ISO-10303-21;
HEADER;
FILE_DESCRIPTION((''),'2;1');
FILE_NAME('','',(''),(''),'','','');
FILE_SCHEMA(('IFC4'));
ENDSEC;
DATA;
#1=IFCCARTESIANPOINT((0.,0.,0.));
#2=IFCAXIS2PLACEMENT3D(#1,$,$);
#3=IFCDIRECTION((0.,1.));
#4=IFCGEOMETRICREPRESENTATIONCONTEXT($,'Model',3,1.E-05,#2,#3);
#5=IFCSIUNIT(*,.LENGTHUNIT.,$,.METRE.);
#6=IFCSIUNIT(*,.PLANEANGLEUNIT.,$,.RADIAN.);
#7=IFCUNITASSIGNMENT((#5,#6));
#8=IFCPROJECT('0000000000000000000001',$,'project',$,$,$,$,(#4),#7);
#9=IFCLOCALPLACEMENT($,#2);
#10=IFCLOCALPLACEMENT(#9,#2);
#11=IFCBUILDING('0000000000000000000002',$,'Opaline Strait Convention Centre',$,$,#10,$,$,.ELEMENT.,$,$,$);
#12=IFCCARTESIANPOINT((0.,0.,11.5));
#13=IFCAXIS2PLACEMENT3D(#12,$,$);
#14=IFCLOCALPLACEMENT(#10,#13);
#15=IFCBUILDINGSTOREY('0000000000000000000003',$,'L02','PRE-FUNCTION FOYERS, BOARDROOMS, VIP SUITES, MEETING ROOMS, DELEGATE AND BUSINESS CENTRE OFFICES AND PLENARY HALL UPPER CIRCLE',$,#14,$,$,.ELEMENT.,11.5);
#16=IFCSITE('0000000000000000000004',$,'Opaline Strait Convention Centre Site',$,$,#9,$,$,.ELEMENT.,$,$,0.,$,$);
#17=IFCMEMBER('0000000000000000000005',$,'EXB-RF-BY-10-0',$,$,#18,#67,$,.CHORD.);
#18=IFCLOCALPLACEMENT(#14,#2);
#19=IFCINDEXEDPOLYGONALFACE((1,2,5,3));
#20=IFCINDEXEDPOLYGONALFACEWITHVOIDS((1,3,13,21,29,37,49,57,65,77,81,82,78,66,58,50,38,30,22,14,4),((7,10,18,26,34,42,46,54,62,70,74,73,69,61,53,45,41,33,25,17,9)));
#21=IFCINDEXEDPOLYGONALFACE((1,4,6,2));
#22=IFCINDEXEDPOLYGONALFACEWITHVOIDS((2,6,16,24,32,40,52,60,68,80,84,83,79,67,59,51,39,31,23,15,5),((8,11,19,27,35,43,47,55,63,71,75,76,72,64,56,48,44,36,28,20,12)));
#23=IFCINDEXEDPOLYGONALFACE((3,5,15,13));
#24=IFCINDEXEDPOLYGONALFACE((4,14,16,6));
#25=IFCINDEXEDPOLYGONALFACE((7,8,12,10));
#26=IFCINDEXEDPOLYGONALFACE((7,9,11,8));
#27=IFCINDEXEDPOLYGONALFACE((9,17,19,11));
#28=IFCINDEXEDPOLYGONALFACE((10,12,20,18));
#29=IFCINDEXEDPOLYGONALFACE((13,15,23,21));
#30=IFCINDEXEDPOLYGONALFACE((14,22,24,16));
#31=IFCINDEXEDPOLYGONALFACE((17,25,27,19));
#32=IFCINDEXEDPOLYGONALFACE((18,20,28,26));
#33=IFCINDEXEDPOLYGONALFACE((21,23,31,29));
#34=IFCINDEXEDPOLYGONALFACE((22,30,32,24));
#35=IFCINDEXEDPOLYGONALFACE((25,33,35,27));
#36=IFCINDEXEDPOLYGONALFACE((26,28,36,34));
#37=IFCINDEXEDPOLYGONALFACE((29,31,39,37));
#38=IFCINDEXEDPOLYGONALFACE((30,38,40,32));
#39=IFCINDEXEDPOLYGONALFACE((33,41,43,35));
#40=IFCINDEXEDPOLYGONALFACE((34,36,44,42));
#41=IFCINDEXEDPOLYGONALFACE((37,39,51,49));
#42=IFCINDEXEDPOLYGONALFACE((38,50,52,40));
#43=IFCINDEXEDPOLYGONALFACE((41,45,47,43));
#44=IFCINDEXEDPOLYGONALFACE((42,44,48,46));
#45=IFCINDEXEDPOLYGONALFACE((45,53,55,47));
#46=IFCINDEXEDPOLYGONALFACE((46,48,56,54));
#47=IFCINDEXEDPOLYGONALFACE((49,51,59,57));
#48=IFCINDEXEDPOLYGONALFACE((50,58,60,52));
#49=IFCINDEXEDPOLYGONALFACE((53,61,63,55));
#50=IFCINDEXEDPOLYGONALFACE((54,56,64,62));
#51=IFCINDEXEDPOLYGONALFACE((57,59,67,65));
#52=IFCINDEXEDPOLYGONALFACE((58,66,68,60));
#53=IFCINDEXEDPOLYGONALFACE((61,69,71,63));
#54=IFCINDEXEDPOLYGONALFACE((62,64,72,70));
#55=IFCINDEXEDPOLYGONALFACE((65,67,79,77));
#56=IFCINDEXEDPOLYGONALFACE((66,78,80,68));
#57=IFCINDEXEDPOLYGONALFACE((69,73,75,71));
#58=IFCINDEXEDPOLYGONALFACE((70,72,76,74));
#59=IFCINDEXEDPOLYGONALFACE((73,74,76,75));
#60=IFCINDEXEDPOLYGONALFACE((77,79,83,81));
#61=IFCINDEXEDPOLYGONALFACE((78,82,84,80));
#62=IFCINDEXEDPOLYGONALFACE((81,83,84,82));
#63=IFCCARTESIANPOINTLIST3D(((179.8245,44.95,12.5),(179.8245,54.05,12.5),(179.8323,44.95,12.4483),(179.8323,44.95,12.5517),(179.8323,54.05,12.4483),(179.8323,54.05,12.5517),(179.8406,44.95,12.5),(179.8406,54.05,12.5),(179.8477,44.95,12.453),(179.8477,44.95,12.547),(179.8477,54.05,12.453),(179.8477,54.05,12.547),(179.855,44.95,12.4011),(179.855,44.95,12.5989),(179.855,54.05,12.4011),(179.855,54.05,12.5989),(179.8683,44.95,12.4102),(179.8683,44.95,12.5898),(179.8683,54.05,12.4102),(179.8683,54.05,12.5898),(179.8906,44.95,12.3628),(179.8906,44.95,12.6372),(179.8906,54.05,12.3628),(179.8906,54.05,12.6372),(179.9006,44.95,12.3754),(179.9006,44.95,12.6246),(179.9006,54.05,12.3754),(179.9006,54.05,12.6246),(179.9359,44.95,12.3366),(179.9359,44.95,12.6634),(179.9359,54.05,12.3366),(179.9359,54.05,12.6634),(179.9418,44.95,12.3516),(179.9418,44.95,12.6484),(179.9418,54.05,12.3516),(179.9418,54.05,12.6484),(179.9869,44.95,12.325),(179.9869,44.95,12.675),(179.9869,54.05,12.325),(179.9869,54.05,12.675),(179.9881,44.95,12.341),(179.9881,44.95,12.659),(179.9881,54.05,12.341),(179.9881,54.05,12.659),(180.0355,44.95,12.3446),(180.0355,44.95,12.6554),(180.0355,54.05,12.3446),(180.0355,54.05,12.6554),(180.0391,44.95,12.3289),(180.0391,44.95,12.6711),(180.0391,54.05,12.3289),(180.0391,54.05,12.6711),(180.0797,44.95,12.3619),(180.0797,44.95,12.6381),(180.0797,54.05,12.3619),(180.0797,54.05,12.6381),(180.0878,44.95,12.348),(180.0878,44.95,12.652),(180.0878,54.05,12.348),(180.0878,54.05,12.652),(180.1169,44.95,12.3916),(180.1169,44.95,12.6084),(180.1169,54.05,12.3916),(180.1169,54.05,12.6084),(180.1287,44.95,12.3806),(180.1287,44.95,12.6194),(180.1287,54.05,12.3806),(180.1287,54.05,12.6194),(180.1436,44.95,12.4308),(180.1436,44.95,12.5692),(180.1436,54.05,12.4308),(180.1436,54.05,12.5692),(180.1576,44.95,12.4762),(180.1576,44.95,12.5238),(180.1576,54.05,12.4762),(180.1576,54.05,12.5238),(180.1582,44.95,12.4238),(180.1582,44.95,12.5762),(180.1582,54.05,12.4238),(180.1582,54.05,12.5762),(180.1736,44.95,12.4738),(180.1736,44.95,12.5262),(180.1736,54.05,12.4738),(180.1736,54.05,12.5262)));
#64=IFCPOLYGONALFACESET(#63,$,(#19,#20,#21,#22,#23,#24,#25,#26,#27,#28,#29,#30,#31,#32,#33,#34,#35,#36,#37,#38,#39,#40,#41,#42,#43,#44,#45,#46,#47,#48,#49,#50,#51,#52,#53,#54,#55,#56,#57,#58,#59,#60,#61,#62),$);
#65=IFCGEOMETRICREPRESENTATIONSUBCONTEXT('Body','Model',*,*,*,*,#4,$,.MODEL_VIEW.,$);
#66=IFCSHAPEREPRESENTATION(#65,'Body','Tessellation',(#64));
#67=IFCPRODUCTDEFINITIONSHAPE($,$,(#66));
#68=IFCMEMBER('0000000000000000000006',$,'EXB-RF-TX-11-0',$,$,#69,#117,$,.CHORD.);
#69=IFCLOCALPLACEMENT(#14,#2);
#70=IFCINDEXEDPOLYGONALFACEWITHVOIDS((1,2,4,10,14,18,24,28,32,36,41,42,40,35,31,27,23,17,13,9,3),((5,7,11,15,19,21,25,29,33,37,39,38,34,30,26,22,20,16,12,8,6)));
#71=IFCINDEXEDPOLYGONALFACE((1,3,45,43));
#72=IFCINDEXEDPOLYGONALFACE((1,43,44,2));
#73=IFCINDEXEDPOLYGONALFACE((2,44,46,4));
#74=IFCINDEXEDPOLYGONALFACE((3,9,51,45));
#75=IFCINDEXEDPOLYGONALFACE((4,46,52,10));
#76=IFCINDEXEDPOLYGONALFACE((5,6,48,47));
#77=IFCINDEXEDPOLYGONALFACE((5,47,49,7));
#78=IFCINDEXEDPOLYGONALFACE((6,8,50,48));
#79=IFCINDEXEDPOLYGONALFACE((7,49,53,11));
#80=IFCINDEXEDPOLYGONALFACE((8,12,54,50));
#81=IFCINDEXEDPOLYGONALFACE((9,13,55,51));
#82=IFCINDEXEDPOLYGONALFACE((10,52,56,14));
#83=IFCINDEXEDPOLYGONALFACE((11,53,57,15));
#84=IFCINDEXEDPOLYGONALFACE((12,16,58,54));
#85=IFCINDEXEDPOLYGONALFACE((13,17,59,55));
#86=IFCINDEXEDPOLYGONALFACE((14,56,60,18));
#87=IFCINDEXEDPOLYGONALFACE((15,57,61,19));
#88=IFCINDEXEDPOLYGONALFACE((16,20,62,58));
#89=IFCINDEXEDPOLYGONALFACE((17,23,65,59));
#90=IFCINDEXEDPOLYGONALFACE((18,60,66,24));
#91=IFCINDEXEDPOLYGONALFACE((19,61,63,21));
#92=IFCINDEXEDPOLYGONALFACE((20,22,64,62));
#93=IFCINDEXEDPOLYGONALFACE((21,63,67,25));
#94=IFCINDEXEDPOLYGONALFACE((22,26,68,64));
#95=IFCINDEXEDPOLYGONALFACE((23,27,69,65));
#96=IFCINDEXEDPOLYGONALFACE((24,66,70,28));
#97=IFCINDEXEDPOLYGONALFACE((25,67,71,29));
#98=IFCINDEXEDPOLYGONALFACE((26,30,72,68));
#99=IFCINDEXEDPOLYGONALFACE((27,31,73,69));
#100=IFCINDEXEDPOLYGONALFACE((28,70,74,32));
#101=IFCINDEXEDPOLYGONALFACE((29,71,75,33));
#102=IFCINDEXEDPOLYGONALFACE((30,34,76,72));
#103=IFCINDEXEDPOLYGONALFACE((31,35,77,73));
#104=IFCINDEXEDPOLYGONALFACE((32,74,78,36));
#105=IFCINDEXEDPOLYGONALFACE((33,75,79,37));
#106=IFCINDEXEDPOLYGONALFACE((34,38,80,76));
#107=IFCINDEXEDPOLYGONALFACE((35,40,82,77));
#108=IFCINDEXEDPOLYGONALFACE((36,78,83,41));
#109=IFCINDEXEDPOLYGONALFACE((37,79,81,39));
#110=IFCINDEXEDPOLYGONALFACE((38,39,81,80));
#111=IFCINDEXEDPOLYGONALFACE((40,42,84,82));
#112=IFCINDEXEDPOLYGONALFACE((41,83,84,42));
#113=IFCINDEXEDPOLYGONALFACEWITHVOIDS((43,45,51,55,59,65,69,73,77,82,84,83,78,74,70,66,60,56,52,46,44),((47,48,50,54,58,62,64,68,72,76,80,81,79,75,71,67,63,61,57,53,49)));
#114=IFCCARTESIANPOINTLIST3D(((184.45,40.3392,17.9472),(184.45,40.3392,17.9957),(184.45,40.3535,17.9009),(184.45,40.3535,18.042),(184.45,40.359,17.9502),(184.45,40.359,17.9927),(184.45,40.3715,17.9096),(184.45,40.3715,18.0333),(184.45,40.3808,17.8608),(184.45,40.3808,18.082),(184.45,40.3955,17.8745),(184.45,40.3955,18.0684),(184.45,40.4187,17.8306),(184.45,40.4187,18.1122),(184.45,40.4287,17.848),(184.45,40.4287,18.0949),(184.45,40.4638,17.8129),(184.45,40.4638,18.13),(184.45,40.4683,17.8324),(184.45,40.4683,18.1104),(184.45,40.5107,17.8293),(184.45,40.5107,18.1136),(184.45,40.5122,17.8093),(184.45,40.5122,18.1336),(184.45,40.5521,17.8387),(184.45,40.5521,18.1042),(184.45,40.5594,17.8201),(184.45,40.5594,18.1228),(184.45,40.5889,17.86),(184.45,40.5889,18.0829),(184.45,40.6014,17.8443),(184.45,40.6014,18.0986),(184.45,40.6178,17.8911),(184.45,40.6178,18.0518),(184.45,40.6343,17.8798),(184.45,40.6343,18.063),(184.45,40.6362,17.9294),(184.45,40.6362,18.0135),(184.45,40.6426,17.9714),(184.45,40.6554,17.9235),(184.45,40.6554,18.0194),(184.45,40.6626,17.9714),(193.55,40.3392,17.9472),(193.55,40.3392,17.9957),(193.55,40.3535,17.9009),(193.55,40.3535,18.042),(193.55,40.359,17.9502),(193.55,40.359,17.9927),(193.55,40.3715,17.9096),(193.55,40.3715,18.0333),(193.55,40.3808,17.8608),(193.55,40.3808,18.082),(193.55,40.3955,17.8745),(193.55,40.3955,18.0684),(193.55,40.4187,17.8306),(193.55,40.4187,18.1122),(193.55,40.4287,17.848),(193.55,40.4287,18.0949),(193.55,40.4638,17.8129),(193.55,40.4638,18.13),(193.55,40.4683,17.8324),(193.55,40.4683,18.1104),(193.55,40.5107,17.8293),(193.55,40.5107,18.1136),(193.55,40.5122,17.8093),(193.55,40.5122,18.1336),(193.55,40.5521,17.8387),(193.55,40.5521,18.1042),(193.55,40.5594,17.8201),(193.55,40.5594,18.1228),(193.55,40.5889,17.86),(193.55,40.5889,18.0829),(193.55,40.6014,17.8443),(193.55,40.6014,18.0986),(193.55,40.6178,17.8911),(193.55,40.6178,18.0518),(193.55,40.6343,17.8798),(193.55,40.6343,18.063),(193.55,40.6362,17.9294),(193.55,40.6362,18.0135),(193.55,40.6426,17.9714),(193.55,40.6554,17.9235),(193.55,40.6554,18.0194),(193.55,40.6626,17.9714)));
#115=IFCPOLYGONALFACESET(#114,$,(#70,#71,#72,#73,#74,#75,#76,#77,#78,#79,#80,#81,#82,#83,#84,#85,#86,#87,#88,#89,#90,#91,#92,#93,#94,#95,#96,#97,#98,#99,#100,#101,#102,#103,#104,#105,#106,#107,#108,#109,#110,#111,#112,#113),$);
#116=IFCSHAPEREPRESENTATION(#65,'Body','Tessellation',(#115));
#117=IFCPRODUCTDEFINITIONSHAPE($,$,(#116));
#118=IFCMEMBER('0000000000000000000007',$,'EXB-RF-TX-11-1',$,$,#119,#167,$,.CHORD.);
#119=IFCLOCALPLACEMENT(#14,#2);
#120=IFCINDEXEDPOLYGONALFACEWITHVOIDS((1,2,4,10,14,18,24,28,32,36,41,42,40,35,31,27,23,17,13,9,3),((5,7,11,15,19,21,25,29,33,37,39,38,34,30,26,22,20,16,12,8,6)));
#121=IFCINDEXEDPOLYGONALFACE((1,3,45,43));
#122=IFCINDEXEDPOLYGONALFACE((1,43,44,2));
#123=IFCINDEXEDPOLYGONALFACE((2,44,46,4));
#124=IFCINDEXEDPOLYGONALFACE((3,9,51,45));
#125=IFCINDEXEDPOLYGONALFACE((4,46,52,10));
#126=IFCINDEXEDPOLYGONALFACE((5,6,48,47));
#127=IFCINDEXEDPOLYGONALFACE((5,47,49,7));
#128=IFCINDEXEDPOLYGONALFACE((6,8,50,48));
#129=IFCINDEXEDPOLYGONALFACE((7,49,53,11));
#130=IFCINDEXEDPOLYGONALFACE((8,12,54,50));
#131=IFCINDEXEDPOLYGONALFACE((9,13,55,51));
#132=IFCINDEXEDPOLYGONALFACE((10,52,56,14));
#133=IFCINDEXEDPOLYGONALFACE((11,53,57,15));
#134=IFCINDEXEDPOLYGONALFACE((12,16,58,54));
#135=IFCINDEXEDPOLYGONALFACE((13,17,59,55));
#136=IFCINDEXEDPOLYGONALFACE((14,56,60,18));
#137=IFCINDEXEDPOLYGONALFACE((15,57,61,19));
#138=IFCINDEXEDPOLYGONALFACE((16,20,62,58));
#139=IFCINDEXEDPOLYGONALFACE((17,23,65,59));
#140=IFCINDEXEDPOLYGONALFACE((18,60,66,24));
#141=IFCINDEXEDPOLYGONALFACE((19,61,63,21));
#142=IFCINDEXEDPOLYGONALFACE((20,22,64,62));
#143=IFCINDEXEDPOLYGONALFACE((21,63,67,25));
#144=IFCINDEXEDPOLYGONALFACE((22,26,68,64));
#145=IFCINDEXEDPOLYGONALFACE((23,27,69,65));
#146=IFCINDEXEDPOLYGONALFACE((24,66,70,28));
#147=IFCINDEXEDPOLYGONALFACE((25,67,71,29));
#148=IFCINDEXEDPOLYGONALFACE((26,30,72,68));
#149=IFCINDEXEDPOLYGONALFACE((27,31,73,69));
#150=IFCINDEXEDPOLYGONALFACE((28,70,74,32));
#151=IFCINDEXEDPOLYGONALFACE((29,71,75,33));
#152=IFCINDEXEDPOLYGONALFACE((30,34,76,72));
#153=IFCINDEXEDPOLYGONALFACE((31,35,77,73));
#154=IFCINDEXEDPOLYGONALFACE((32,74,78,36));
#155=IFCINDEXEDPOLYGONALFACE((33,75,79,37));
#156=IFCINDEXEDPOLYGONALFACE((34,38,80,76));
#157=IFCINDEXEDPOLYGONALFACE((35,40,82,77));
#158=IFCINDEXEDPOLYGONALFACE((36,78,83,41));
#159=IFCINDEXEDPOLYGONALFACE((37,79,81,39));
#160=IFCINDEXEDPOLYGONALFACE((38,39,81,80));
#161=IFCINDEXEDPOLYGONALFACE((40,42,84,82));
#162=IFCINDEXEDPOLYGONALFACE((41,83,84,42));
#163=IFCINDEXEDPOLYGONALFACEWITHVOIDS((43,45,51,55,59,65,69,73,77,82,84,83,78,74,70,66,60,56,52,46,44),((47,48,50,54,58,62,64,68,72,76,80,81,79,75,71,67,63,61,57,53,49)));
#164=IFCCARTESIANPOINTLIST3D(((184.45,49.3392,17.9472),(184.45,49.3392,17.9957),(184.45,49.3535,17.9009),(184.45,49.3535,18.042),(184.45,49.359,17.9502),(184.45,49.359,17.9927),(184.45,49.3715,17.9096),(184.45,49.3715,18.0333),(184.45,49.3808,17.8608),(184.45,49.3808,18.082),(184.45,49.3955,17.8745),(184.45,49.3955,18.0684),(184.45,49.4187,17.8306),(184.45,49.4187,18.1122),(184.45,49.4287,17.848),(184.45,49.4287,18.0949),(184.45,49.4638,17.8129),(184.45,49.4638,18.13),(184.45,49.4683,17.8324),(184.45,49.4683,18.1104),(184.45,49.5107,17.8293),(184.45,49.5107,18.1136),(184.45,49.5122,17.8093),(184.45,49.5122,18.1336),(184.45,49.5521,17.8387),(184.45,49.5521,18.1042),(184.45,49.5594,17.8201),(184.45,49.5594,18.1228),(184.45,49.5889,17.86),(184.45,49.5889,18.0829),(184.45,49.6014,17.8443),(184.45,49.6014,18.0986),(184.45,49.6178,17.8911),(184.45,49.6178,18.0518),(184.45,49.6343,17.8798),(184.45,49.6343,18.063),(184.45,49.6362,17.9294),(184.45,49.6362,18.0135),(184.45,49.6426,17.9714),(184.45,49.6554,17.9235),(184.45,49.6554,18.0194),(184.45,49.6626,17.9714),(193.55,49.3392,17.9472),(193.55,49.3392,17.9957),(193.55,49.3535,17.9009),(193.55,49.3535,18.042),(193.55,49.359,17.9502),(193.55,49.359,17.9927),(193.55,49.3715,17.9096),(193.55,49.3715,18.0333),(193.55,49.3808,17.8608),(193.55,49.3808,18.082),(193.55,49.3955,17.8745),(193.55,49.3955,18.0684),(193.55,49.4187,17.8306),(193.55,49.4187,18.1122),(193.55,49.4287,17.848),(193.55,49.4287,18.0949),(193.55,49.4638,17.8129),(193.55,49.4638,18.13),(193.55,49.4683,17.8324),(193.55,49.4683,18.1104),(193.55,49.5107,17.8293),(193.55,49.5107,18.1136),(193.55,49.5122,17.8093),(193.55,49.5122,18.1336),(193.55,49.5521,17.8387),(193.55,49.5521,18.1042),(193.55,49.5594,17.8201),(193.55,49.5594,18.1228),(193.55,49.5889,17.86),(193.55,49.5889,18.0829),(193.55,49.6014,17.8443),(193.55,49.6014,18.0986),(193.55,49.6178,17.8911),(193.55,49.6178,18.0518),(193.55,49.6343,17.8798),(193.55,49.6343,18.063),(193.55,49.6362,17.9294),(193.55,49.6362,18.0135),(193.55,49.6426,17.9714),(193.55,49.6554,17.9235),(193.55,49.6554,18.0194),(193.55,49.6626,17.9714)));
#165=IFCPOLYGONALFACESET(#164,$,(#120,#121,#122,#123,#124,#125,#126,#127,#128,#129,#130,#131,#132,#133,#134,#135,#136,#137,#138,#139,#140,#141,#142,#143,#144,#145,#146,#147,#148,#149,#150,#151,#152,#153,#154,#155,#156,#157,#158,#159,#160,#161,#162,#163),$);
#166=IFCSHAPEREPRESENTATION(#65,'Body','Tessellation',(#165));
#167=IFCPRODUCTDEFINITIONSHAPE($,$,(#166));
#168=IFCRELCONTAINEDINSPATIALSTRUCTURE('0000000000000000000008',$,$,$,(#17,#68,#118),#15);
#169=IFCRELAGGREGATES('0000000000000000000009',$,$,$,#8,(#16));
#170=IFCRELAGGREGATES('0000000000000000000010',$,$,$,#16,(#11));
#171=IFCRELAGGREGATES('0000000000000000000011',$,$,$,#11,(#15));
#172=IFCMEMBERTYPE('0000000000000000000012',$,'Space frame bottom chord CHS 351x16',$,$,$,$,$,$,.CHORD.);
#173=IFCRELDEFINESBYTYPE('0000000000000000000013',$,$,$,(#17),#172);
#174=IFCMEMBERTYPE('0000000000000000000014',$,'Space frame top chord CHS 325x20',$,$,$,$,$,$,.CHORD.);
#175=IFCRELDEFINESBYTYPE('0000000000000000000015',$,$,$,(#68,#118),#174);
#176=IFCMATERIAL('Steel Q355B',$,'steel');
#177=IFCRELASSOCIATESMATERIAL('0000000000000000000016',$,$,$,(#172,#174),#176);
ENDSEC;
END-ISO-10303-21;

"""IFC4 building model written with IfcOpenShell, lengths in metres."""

from ifc_helpers import new_model, si_unit, direction, frame, origin, origin_2d, place, context, subcontext, project, spatial, hollow_circle, extrude, material, material_profile, profile_set, type_object, element, save


model = new_model("IFC4")

# Units and contexts
model_context = context("Model", 3, precision=1e-05, world=origin(), true_north=direction((0.0, 1.0)))
body_context = subcontext(model_context, "Body", "Model", "MODEL_VIEW")
ifc_project = project(units=[si_unit("LENGTHUNIT", "METRE"), si_unit("PLANEANGLEUNIT", "RADIAN")], contexts=[model_context])

# Site, building, storey
site_placement = place(None, origin())
site = spatial("IfcSite", under=ifc_project, at=site_placement, Name="Opaline Strait Convention Centre Site", CompositionType="ELEMENT", RefElevation=0.0)
building_placement = place(site_placement, origin())
building = spatial("IfcBuilding", under=site, at=building_placement, Name="Opaline Strait Convention Centre", CompositionType="ELEMENT")
storey_placement = place(building_placement, frame((0.0, 0.0, 11.5)))
storey = spatial("IfcBuildingStorey", under=building, at=storey_placement, Name="L02", Description="PRE-FUNCTION FOYERS, BOARDROOMS, VIP SUITES, MEETING ROOMS, DELEGATE AND BUSINESS CENTRE OFFICES AND PLENARY HALL UPPER CIRCLE", CompositionType="ELEMENT", Elevation=11.5)

# Members
ifc_material_1 = material(Name="Steel Q355B", Category="steel")
ifc_material_profile_1 = material_profile(ifc_material_1, hollow_circle(Radius=0.1755, WallThickness=0.0161, at=origin_2d()), Name="CHS 351x16")
ifc_profile_set_1 = profile_set([ifc_material_profile_1], Name="Steel Q355B")
member_type_1 = type_object("IfcMemberType", Name="Space frame bottom chord CHS 351x16", PredefinedType="CHORD", material=ifc_profile_set_1)
for number, where, z_axis, x_axis, name in (
    (1, (180.0, 44.95, 12.5), (0.0, 1.0, 0.0), (-1.0, 0.0, 0.0), "EXB-RF-BY-10-0"),
):
    element("IfcMember", number, at=place(storey_placement, frame(where, z_axis=z_axis, x_axis=x_axis)), inside=storey, type_object=member_type_1, Name=name, PredefinedType="CHORD", context=body_context, shape_type="SweptSolid", body=[
        extrude(hollow_circle(Radius=0.1755, WallThickness=0.0161, at=origin_2d()), origin(), (0.0, 0.0, 1.0), 9.1001),
    ])
ifc_material_profile_2 = material_profile(ifc_material_1, hollow_circle(Radius=0.1626, WallThickness=0.02, at=origin_2d()), Name="CHS 325x20")
ifc_profile_set_2 = profile_set([ifc_material_profile_2], Name="Steel Q355B")
member_type_2 = type_object("IfcMemberType", Name="Space frame top chord CHS 325x20", PredefinedType="CHORD", material=ifc_profile_set_2)
for number, where, z_axis, x_axis, name in (
    (2, (184.45, 40.5, 17.9714), (1.0, 0.0, 0.0), (0.0, 1.0, 0.0), "EXB-RF-TX-11-0"),
    (3, (184.45, 49.5, 17.9714), (1.0, 0.0, 0.0), (0.0, 1.0, 0.0), "EXB-RF-TX-11-1"),
):
    element("IfcMember", number, at=place(storey_placement, frame(where, z_axis=z_axis, x_axis=x_axis)), inside=storey, type_object=member_type_2, Name=name, PredefinedType="CHORD", context=body_context, shape_type="SweptSolid", body=[
        extrude(hollow_circle(Radius=0.1626, WallThickness=0.02, at=origin_2d()), origin(), (0.0, 0.0, 1.0), 9.1001),
    ])

save(model, "model.ifc")
